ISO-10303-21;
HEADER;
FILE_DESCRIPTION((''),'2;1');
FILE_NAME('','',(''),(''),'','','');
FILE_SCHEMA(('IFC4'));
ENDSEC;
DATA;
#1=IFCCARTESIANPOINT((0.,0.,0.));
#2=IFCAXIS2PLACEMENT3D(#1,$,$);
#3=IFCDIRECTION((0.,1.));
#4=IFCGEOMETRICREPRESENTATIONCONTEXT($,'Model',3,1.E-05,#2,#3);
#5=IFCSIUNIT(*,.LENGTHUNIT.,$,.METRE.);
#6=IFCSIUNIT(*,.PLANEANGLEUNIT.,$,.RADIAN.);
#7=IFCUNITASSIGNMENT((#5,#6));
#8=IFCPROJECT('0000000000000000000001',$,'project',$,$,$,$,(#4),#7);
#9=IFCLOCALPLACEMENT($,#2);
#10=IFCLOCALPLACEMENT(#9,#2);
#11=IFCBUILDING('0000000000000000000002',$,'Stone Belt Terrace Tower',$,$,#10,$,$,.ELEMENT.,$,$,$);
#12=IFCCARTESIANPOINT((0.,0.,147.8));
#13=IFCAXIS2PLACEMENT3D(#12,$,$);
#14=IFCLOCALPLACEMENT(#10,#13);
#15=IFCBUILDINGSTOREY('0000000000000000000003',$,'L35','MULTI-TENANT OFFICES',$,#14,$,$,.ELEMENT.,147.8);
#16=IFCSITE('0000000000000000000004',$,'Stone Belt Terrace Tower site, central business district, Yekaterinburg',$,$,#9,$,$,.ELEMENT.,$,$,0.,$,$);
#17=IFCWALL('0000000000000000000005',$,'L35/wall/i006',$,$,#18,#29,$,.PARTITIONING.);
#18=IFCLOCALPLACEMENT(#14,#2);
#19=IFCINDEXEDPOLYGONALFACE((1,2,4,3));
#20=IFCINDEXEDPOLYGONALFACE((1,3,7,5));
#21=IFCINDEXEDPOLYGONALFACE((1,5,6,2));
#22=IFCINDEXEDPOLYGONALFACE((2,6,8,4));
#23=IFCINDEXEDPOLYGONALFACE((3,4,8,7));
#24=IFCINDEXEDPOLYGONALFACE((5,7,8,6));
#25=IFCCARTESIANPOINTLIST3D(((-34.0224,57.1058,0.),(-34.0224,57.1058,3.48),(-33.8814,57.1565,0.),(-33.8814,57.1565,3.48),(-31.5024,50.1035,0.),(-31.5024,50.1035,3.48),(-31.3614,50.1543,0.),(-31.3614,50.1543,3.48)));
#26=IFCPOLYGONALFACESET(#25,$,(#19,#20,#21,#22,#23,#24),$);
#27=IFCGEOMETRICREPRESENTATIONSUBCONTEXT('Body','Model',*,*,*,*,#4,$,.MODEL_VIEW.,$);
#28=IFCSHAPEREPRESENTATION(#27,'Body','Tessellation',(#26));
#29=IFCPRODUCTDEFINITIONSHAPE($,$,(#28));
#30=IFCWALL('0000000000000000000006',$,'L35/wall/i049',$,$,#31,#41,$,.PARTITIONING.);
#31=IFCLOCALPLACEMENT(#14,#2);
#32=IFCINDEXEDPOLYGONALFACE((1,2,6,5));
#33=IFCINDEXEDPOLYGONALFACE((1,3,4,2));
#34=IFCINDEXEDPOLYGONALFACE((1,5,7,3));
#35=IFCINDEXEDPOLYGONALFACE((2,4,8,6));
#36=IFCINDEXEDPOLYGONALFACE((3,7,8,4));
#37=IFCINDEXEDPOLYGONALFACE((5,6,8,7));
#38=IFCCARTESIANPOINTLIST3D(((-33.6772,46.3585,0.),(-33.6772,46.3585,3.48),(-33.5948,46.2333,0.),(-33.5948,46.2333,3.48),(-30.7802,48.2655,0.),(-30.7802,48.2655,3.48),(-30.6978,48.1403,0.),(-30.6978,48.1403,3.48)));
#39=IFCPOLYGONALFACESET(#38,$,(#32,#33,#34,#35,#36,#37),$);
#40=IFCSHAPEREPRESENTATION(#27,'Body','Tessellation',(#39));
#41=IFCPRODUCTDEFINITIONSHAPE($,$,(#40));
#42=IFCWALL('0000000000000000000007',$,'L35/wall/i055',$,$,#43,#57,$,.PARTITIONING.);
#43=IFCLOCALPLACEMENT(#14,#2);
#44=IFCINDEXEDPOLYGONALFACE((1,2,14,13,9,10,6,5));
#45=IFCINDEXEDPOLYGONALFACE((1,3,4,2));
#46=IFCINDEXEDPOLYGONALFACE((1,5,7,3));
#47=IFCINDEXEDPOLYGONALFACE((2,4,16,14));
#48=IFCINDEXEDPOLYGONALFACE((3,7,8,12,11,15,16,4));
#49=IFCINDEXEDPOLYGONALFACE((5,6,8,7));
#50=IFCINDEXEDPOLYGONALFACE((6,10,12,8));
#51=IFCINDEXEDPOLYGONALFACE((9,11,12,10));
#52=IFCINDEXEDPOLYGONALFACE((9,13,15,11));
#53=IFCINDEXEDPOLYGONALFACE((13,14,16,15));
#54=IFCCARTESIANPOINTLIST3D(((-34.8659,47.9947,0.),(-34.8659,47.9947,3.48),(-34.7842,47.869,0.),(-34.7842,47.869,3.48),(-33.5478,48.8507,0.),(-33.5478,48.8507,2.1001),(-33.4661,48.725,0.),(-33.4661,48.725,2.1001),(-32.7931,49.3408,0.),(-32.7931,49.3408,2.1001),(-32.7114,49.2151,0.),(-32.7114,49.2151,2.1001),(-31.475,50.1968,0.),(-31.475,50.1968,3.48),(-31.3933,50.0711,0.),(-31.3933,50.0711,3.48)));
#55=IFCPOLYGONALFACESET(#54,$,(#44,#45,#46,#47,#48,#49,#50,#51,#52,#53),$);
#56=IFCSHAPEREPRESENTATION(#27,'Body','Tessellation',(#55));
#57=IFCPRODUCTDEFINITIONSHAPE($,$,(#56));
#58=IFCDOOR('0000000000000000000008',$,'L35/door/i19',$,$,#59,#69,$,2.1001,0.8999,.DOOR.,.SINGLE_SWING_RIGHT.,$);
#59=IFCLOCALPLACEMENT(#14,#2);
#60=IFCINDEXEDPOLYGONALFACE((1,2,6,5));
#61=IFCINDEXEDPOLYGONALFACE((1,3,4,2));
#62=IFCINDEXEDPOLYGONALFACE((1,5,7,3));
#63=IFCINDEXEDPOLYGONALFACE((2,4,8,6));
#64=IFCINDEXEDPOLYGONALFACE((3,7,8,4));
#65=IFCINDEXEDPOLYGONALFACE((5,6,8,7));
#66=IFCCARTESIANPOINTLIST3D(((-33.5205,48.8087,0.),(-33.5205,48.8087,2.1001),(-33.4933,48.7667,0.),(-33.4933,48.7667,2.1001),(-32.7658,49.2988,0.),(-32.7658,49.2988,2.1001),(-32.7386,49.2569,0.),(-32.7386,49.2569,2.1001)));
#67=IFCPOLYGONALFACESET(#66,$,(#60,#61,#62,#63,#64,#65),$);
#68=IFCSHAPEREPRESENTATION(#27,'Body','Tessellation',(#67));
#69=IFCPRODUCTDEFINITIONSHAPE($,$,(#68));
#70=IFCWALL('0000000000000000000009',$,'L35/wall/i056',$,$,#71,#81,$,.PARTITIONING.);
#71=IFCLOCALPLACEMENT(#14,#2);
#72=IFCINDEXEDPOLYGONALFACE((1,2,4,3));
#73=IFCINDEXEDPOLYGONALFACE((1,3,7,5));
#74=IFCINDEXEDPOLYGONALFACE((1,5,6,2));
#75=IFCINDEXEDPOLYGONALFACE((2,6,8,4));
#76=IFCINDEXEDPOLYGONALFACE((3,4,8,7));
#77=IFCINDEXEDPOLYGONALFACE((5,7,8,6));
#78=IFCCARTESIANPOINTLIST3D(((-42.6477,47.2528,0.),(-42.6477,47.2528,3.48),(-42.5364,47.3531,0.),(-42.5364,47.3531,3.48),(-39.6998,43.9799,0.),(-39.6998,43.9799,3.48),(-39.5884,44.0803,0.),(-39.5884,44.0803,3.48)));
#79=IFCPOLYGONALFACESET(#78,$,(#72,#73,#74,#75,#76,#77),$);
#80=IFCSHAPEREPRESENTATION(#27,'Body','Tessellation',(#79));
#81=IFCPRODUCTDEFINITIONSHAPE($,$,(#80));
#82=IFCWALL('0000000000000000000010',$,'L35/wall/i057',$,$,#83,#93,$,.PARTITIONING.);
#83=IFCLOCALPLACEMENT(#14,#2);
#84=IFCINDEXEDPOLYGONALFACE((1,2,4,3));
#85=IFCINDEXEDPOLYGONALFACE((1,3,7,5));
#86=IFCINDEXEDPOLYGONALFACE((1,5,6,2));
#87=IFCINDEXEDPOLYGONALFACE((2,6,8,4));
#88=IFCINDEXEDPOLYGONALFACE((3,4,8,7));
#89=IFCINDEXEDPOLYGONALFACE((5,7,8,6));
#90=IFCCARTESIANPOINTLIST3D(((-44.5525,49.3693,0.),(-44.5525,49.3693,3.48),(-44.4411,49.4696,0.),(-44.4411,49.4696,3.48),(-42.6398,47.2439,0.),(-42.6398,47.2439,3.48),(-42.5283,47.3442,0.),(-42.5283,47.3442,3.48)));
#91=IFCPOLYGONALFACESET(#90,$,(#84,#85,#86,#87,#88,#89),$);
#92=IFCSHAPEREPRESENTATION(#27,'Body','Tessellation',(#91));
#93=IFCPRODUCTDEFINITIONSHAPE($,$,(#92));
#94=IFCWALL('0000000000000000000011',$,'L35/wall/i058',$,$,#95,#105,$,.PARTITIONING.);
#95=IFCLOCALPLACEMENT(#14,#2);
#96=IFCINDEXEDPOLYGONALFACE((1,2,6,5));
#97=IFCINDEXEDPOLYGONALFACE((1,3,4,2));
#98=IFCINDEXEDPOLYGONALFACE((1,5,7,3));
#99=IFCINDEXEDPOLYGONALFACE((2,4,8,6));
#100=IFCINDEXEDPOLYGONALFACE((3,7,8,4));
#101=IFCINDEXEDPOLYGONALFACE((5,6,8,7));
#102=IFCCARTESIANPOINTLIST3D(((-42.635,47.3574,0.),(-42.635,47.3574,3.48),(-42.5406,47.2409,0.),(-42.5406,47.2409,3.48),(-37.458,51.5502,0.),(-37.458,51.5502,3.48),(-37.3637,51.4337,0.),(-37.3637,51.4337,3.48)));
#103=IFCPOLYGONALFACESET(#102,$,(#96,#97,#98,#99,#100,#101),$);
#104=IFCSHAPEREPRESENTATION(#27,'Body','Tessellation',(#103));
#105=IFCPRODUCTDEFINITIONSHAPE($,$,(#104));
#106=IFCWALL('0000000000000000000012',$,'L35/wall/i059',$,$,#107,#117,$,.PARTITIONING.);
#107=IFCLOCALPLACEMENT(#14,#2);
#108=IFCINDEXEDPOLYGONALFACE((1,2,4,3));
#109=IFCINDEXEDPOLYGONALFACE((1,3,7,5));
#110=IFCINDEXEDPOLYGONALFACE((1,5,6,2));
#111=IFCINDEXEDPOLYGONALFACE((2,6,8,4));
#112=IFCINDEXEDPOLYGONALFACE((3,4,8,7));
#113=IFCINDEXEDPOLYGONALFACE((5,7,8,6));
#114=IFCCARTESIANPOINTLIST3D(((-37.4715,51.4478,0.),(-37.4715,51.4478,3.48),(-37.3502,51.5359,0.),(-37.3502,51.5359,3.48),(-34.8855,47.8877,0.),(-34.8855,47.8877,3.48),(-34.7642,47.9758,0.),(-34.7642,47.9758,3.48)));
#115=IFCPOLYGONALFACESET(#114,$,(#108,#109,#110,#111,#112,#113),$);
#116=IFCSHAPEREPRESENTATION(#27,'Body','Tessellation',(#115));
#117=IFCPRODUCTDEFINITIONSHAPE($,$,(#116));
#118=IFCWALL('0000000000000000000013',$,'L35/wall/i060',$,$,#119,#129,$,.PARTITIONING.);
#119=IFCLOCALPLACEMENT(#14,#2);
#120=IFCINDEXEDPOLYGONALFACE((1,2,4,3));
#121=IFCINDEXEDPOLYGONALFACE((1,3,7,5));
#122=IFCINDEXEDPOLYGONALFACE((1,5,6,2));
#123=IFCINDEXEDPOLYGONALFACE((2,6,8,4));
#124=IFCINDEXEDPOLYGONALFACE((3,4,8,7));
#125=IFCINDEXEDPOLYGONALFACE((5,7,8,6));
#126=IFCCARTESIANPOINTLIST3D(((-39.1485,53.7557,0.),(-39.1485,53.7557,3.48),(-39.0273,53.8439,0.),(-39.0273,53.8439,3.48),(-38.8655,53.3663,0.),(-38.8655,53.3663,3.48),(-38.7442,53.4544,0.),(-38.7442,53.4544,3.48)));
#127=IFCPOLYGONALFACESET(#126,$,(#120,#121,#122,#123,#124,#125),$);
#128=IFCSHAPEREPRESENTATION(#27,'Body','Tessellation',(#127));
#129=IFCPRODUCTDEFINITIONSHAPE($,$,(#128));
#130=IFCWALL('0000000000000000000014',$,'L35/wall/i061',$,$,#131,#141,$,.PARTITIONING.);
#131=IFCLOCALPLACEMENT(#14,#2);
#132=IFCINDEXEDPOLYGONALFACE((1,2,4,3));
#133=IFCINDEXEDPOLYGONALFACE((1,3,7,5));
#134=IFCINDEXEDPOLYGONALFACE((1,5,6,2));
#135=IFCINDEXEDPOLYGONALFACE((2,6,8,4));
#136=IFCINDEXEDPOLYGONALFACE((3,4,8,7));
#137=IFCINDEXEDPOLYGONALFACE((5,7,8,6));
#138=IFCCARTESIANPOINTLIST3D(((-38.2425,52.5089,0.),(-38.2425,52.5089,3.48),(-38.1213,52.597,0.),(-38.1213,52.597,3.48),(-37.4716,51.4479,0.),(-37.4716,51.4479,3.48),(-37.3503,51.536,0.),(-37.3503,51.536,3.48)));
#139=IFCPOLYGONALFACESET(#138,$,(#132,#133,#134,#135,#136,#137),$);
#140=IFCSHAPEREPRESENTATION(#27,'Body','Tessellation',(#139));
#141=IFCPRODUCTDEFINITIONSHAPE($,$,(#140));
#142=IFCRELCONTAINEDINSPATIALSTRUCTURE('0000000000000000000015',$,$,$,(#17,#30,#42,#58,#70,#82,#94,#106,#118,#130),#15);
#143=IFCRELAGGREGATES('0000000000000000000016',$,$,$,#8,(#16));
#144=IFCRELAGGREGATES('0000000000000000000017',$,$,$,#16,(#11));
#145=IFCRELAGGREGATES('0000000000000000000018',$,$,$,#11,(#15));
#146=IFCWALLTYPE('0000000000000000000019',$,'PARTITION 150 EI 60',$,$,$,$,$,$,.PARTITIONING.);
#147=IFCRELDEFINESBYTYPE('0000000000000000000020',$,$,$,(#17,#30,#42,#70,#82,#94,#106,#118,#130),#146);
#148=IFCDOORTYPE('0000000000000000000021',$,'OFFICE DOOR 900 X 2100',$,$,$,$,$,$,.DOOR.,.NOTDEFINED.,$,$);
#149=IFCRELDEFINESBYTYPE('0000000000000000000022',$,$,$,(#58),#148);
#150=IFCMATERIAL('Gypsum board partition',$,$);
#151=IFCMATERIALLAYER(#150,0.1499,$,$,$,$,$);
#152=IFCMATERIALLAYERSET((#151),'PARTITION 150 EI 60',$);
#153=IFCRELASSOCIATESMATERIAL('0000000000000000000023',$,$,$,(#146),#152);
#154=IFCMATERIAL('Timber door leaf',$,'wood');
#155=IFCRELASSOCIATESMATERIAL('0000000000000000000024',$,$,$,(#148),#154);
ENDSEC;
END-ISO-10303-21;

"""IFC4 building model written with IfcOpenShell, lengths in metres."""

from ifc_helpers import new_model, si_unit, direction, frame, frame_2d, origin, place, context, subcontext, project, spatial, rectangle, extrude, material, layer, layer_set, type_object, element, fill, save


model = new_model("IFC4")

# Units and contexts
model_context = context("Model", 3, precision=1e-05, world=origin(), true_north=direction((0.0, 1.0)))
body_context = subcontext(model_context, "Body", "Model", "MODEL_VIEW")
ifc_project = project(units=[si_unit("LENGTHUNIT", "METRE"), si_unit("PLANEANGLEUNIT", "RADIAN")], contexts=[model_context])

# Site, building, storey
site_placement = place(None, origin())
site = spatial("IfcSite", under=ifc_project, at=site_placement, Name="Stone Belt Terrace Tower site, central business district, Yekaterinburg", CompositionType="ELEMENT", RefElevation=0.0)
building_placement = place(site_placement, origin())
building = spatial("IfcBuilding", under=site, at=building_placement, Name="Stone Belt Terrace Tower", CompositionType="ELEMENT")
storey_placement = place(building_placement, frame((0.0, 0.0, 147.8)))
storey = spatial("IfcBuildingStorey", under=building, at=storey_placement, Name="L35", Description="MULTI-TENANT OFFICES", CompositionType="ELEMENT", Elevation=147.8)

# Shared definitions
ifc_material_1 = material(Name="Gypsum board partition")
ifc_layer_1 = layer(ifc_material_1, 0.1499)
ifc_layer_set_1 = layer_set([ifc_layer_1], Name="PARTITION 150 EI 60")
wall_type = type_object("IfcWallType", Name="PARTITION 150 EI 60", PredefinedType="PARTITIONING", material=ifc_layer_set_1)
ifc_material_2 = material(Name="Timber door leaf", Category="wood")
door_type = type_object("IfcDoorType", Name="OFFICE DOOR 900 X 2100", OperationType="NOTDEFINED", PredefinedType="DOOR", material=ifc_material_2)

# Walls
wall_1_placement = place(storey_placement, frame((-31.4319, 50.1289, 0.0), z_axis=(0.0, 0.0, 1.0), x_axis=(-0.338628, 0.94092, 0.0)))
element("IfcWall", 1, at=wall_1_placement, inside=storey, type_object=wall_type, Name="L35/wall/i006", PredefinedType="PARTITIONING", context=body_context, shape_type="SweptSolid", body=[
    extrude(rectangle(XDim=7.4419, YDim=0.1499, at=frame_2d((3.7209, 0.0))), origin(), (0.0, 0.0, 1.0), 3.48),
])
wall_2_placement = place(storey_placement, frame((-33.636, 46.2959, 0.0), z_axis=(0.0, 0.0, 1.0), x_axis=(0.835274, 0.549834, 0.0)))
element("IfcWall", 2, at=wall_2_placement, inside=storey, type_object=wall_type, Name="L35/wall/i049", PredefinedType="PARTITIONING", context=body_context, shape_type="SweptSolid", body=[
    extrude(rectangle(XDim=3.4683, YDim=0.1499, at=frame_2d((1.7341, 0.0))), origin(), (0.0, 0.0, 1.0), 3.48),
])

# Wall, opening, door
wall_3_placement = place(storey_placement, frame((-34.825, 47.9319, 0.0), z_axis=(0.0, 0.0, 1.0), x_axis=(0.83866, 0.544655, 0.0)))
wall_3 = element("IfcWall", 3, at=wall_3_placement, inside=storey, type_object=wall_type, Name="L35/wall/i055", PredefinedType="PARTITIONING", context=body_context, shape_type="SweptSolid", body=[
    extrude(rectangle(XDim=4.0432, YDim=0.1499, at=frame_2d((2.0215, 0.0))), origin(), (0.0, 0.0, 1.0), 3.48),
])
opening_1_placement = place(wall_3_placement, frame((1.5715, 0.0, 0.0)))
opening_1 = element("IfcOpeningElement", 4, at=opening_1_placement, cuts=wall_3, PredefinedType="OPENING", context=body_context, shape_type="SweptSolid", body=[
    extrude(rectangle(XDim=0.8999, YDim=2.1001, at=frame_2d((0.45, 1.05))), frame((0.0, 0.085, 0.0), z_axis=(0.0, -1.0, 0.0), x_axis=(1.0, 0.0, 0.0)), (0.0, 0.0, 1.0), 0.1699),
])
door_1_placement = place(opening_1_placement, origin())
door_1 = element("IfcDoor", 5, at=door_1_placement, inside=storey, type_object=door_type, Name="L35/door/i19", OperationType="SINGLE_SWING_RIGHT", OverallHeight=2.1001, OverallWidth=0.8999, PredefinedType="DOOR", context=body_context, shape_type="SweptSolid", body=[
    extrude(rectangle(XDim=0.8999, YDim=2.1001, at=frame_2d((0.45, 1.05))), frame((0.0, 0.0249, 0.0), z_axis=(0.0, -1.0, 0.0), x_axis=(1.0, 0.0, 0.0)), (0.0, 0.0, 1.0), 0.05),
])
fill(opening_1, door_1)

# Walls
wall_4_placement = place(storey_placement, frame((-42.592, 47.303, 0.0), z_axis=(0.0, 0.0, 1.0), x_axis=(0.669259, -0.74303, 0.0)))
element("IfcWall", 6, at=wall_4_placement, inside=storey, type_object=wall_type, Name="L35/wall/i056", PredefinedType="PARTITIONING", context=body_context, shape_type="SweptSolid", body=[
    extrude(rectangle(XDim=4.4048, YDim=0.1499, at=frame_2d((2.2024, 0.0))), origin(), (0.0, 0.0, 1.0), 3.48),
])
wall_5_placement = place(storey_placement, frame((-44.4968, 49.4194, 0.0), z_axis=(0.0, 0.0, 1.0), x_axis=(0.668946, -0.743311, 0.0)))
element("IfcWall", 7, at=wall_5_placement, inside=storey, type_object=wall_type, Name="L35/wall/i057", PredefinedType="PARTITIONING", context=body_context, shape_type="SweptSolid", body=[
    extrude(rectangle(XDim=2.8594, YDim=0.1499, at=frame_2d((1.4297, 0.0))), origin(), (0.0, 0.0, 1.0), 3.48),
])
wall_6_placement = place(storey_placement, frame((-42.5879, 47.2991, 0.0), z_axis=(0.0, 0.0, 1.0), x_axis=(0.777101, 0.629376, 0.0)))
element("IfcWall", 8, at=wall_6_placement, inside=storey, type_object=wall_type, Name="L35/wall/i058", PredefinedType="PARTITIONING", context=body_context, shape_type="SweptSolid", body=[
    extrude(rectangle(XDim=6.6619, YDim=0.1499, at=frame_2d((3.3311, 0.0))), origin(), (0.0, 0.0, 1.0), 3.48),
])
wall_7_placement = place(storey_placement, frame((-37.4109, 51.4919, 0.0), z_axis=(0.0, 0.0, 1.0), x_axis=(0.587697, -0.809081, 0.0)))
element("IfcWall", 9, at=wall_7_placement, inside=storey, type_object=wall_type, Name="L35/wall/i059", PredefinedType="PARTITIONING", context=body_context, shape_type="SweptSolid", body=[
    extrude(rectangle(XDim=4.4001, YDim=0.1499, at=frame_2d((2.2002, 0.0))), origin(), (0.0, 0.0, 1.0), 3.48),
])
wall_8_placement = place(storey_placement, frame((-39.0879, 53.7998, 0.0), z_axis=(0.0, 0.0, 1.0), x_axis=(0.58784, -0.808977, 0.0)))
element("IfcWall", 10, at=wall_8_placement, inside=storey, type_object=wall_type, Name="L35/wall/i060", PredefinedType="PARTITIONING", context=body_context, shape_type="SweptSolid", body=[
    extrude(rectangle(XDim=0.4814, YDim=0.1499, at=frame_2d((0.2407, 0.0))), origin(), (0.0, 0.0, 1.0), 3.48),
])
wall_9_placement = place(storey_placement, frame((-38.1819, 52.553, 0.0), z_axis=(0.0, 0.0, 1.0), x_axis=(0.58784, -0.808977, 0.0)))
element("IfcWall", 11, at=wall_9_placement, inside=storey, type_object=wall_type, Name="L35/wall/i061", PredefinedType="PARTITIONING", context=body_context, shape_type="SweptSolid", body=[
    extrude(rectangle(XDim=1.3115, YDim=0.1499, at=frame_2d((0.6558, 0.0))), origin(), (0.0, 0.0, 1.0), 3.48),
])

save(model, "model.ifc")
